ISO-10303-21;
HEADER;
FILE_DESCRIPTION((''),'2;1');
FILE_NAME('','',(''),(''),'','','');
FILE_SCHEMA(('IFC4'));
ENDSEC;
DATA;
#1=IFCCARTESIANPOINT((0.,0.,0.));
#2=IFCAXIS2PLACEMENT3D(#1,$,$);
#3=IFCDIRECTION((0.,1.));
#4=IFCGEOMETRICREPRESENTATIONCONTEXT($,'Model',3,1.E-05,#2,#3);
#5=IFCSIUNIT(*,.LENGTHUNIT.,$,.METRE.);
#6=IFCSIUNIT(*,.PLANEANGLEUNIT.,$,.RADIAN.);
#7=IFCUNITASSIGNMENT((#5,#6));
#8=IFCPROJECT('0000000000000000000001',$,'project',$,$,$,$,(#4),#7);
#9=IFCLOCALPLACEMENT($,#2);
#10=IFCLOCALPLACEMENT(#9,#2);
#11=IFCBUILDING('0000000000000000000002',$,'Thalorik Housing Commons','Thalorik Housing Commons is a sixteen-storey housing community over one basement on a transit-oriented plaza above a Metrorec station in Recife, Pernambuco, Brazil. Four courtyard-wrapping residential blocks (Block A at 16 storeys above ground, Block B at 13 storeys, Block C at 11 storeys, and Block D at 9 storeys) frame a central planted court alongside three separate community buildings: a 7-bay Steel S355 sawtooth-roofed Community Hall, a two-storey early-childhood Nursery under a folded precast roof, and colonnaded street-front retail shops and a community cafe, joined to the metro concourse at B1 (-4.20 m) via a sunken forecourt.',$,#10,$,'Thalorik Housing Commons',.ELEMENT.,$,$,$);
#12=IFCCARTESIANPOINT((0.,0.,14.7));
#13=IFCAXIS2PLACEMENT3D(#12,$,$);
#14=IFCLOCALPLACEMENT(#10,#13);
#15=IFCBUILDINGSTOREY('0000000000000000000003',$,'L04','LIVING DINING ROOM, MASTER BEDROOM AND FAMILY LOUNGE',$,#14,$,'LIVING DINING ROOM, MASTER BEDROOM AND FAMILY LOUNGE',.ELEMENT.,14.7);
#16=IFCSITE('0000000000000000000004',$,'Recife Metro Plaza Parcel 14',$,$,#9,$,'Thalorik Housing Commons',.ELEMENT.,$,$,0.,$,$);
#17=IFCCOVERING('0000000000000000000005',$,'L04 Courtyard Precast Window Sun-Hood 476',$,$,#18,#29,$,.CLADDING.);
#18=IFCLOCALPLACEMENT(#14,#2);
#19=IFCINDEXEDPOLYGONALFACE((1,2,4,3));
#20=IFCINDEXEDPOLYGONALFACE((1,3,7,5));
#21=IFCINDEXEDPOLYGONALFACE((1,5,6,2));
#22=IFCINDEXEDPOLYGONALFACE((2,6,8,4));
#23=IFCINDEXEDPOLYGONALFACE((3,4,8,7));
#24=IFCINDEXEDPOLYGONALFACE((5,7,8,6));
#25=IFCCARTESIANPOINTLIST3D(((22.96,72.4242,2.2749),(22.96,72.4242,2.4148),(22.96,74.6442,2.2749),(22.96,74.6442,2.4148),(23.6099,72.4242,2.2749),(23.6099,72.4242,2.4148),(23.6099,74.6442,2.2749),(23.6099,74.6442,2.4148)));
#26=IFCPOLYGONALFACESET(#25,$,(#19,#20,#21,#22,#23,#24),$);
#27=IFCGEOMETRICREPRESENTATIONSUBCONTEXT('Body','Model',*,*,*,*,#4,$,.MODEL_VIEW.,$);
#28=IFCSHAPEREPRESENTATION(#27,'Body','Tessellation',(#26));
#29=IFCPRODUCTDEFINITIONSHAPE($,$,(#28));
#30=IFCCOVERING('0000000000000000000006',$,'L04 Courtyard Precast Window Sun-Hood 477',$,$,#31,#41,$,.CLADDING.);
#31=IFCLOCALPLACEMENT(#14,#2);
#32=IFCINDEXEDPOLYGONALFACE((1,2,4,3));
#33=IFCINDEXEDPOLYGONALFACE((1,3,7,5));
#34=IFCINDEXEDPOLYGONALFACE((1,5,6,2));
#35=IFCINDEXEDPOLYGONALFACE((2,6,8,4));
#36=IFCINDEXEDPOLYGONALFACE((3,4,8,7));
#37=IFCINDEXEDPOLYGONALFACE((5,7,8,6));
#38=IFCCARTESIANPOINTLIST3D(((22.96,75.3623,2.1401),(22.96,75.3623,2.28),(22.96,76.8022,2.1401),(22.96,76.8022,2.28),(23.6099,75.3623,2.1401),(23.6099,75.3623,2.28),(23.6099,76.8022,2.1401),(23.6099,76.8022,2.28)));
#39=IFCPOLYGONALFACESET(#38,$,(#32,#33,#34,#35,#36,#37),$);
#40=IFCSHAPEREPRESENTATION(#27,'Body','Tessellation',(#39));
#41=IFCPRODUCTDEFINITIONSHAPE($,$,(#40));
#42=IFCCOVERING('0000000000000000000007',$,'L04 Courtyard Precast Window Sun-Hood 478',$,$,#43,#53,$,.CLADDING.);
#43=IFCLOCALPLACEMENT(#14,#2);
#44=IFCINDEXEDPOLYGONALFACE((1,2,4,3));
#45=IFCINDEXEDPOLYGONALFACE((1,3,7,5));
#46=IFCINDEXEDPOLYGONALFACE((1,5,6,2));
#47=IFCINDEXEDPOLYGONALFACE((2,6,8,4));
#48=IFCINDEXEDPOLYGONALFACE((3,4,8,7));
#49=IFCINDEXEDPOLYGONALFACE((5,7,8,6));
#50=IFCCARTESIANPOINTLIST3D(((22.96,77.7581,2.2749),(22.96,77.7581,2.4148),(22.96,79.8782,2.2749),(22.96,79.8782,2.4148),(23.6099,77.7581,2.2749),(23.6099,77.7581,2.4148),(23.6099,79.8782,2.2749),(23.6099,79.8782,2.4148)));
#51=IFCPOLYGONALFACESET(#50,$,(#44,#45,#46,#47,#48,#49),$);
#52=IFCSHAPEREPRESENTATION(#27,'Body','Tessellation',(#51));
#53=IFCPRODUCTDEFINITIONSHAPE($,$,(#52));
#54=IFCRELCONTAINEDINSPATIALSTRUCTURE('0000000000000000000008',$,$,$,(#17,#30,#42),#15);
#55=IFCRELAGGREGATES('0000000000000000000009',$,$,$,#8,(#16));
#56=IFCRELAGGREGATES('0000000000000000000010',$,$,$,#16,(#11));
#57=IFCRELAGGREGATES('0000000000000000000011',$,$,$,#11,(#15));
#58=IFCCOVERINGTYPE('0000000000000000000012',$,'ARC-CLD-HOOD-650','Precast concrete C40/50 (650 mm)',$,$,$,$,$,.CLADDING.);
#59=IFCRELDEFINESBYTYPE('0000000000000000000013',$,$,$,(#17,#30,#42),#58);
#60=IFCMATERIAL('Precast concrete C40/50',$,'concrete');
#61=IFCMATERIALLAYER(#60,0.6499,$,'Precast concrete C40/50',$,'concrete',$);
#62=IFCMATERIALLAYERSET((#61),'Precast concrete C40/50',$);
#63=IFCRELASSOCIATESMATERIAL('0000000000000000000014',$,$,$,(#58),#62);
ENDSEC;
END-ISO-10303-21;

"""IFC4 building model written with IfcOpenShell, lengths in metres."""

from ifc_helpers import new_model, si_unit, direction, frame, origin, origin_2d, place, context, subcontext, project, spatial, rectangle, extrude, material, layer, layer_set, type_object, element, save


model = new_model("IFC4")

# Units and contexts
model_context = context("Model", 3, precision=1e-05, world=origin(), true_north=direction((0.0, 1.0)))
body_context = subcontext(model_context, "Body", "Model", "MODEL_VIEW")
ifc_project = project(units=[si_unit("LENGTHUNIT", "METRE"), si_unit("PLANEANGLEUNIT", "RADIAN")], contexts=[model_context])

# Site, building, storey
site_placement = place(None, origin())
site = spatial("IfcSite", under=ifc_project, at=site_placement, Name="Recife Metro Plaza Parcel 14", LongName="Thalorik Housing Commons", CompositionType="ELEMENT", RefElevation=0.0)
building_placement = place(site_placement, origin())
building = spatial("IfcBuilding", under=site, at=building_placement, Name="Thalorik Housing Commons", Description="Thalorik Housing Commons is a sixteen-storey housing community over one basement on a transit-oriented plaza above a Metrorec station in Recife, Pernambuco, Brazil. Four courtyard-wrapping residential blocks (Block A at 16 storeys above ground, Block B at 13 storeys, Block C at 11 storeys, and Block D at 9 storeys) frame a central planted court alongside three separate community buildings: a 7-bay Steel S355 sawtooth-roofed Community Hall, a two-storey early-childhood Nursery under a folded precast roof, and colonnaded street-front retail shops and a community cafe, joined to the metro concourse at B1 (-4.20 m) via a sunken forecourt.", LongName="Thalorik Housing Commons", CompositionType="ELEMENT")
storey_placement = place(building_placement, frame((0.0, 0.0, 14.7)))
storey = spatial("IfcBuildingStorey", under=building, at=storey_placement, Name="L04", Description="LIVING DINING ROOM, MASTER BEDROOM AND FAMILY LOUNGE", LongName="LIVING DINING ROOM, MASTER BEDROOM AND FAMILY LOUNGE", CompositionType="ELEMENT", Elevation=14.7)

# Coverings
ifc_material_1 = material(Name="Precast concrete C40/50", Category="concrete")
ifc_layer_1 = layer(ifc_material_1, 0.6499, Name="Precast concrete C40/50", Category="concrete")
ifc_layer_set_1 = layer_set([ifc_layer_1], Name="Precast concrete C40/50")
covering_type_1 = type_object("IfcCoveringType", Name="ARC-CLD-HOOD-650", Description="Precast concrete C40/50 (650 mm)", PredefinedType="CLADDING", material=ifc_layer_set_1)
covering_1_placement = place(storey_placement, frame((23.2849, 73.5342, 2.2749), z_axis=(0.0, 0.0, 1.0), x_axis=(0.0, 1.0, 0.0)))
element("IfcCovering", 1, at=covering_1_placement, inside=storey, type_object=covering_type_1, Name="L04 Courtyard Precast Window Sun-Hood 476", PredefinedType="CLADDING", context=body_context, shape_type="SweptSolid", body=[
    extrude(rectangle(XDim=2.22, YDim=0.6499, at=origin_2d()), origin(), (0.0, 0.0, 1.0), 0.1399),
])
covering_2_placement = place(storey_placement, frame((23.2849, 76.0823, 2.1401), z_axis=(0.0, 0.0, 1.0), x_axis=(0.0, 1.0, 0.0)))
element("IfcCovering", 2, at=covering_2_placement, inside=storey, type_object=covering_type_1, Name="L04 Courtyard Precast Window Sun-Hood 477", PredefinedType="CLADDING", context=body_context, shape_type="SweptSolid", body=[
    extrude(rectangle(XDim=1.4399, YDim=0.6499, at=origin_2d()), origin(), (0.0, 0.0, 1.0), 0.1399),
])
covering_3_placement = place(storey_placement, frame((23.2849, 78.8181, 2.2749), z_axis=(0.0, 0.0, 1.0), x_axis=(0.0, 1.0, 0.0)))
element("IfcCovering", 3, at=covering_3_placement, inside=storey, type_object=covering_type_1, Name="L04 Courtyard Precast Window Sun-Hood 478", PredefinedType="CLADDING", context=body_context, shape_type="SweptSolid", body=[
    extrude(rectangle(XDim=2.1201, YDim=0.6499, at=origin_2d()), origin(), (0.0, 0.0, 1.0), 0.1399),
])

save(model, "model.ifc")
